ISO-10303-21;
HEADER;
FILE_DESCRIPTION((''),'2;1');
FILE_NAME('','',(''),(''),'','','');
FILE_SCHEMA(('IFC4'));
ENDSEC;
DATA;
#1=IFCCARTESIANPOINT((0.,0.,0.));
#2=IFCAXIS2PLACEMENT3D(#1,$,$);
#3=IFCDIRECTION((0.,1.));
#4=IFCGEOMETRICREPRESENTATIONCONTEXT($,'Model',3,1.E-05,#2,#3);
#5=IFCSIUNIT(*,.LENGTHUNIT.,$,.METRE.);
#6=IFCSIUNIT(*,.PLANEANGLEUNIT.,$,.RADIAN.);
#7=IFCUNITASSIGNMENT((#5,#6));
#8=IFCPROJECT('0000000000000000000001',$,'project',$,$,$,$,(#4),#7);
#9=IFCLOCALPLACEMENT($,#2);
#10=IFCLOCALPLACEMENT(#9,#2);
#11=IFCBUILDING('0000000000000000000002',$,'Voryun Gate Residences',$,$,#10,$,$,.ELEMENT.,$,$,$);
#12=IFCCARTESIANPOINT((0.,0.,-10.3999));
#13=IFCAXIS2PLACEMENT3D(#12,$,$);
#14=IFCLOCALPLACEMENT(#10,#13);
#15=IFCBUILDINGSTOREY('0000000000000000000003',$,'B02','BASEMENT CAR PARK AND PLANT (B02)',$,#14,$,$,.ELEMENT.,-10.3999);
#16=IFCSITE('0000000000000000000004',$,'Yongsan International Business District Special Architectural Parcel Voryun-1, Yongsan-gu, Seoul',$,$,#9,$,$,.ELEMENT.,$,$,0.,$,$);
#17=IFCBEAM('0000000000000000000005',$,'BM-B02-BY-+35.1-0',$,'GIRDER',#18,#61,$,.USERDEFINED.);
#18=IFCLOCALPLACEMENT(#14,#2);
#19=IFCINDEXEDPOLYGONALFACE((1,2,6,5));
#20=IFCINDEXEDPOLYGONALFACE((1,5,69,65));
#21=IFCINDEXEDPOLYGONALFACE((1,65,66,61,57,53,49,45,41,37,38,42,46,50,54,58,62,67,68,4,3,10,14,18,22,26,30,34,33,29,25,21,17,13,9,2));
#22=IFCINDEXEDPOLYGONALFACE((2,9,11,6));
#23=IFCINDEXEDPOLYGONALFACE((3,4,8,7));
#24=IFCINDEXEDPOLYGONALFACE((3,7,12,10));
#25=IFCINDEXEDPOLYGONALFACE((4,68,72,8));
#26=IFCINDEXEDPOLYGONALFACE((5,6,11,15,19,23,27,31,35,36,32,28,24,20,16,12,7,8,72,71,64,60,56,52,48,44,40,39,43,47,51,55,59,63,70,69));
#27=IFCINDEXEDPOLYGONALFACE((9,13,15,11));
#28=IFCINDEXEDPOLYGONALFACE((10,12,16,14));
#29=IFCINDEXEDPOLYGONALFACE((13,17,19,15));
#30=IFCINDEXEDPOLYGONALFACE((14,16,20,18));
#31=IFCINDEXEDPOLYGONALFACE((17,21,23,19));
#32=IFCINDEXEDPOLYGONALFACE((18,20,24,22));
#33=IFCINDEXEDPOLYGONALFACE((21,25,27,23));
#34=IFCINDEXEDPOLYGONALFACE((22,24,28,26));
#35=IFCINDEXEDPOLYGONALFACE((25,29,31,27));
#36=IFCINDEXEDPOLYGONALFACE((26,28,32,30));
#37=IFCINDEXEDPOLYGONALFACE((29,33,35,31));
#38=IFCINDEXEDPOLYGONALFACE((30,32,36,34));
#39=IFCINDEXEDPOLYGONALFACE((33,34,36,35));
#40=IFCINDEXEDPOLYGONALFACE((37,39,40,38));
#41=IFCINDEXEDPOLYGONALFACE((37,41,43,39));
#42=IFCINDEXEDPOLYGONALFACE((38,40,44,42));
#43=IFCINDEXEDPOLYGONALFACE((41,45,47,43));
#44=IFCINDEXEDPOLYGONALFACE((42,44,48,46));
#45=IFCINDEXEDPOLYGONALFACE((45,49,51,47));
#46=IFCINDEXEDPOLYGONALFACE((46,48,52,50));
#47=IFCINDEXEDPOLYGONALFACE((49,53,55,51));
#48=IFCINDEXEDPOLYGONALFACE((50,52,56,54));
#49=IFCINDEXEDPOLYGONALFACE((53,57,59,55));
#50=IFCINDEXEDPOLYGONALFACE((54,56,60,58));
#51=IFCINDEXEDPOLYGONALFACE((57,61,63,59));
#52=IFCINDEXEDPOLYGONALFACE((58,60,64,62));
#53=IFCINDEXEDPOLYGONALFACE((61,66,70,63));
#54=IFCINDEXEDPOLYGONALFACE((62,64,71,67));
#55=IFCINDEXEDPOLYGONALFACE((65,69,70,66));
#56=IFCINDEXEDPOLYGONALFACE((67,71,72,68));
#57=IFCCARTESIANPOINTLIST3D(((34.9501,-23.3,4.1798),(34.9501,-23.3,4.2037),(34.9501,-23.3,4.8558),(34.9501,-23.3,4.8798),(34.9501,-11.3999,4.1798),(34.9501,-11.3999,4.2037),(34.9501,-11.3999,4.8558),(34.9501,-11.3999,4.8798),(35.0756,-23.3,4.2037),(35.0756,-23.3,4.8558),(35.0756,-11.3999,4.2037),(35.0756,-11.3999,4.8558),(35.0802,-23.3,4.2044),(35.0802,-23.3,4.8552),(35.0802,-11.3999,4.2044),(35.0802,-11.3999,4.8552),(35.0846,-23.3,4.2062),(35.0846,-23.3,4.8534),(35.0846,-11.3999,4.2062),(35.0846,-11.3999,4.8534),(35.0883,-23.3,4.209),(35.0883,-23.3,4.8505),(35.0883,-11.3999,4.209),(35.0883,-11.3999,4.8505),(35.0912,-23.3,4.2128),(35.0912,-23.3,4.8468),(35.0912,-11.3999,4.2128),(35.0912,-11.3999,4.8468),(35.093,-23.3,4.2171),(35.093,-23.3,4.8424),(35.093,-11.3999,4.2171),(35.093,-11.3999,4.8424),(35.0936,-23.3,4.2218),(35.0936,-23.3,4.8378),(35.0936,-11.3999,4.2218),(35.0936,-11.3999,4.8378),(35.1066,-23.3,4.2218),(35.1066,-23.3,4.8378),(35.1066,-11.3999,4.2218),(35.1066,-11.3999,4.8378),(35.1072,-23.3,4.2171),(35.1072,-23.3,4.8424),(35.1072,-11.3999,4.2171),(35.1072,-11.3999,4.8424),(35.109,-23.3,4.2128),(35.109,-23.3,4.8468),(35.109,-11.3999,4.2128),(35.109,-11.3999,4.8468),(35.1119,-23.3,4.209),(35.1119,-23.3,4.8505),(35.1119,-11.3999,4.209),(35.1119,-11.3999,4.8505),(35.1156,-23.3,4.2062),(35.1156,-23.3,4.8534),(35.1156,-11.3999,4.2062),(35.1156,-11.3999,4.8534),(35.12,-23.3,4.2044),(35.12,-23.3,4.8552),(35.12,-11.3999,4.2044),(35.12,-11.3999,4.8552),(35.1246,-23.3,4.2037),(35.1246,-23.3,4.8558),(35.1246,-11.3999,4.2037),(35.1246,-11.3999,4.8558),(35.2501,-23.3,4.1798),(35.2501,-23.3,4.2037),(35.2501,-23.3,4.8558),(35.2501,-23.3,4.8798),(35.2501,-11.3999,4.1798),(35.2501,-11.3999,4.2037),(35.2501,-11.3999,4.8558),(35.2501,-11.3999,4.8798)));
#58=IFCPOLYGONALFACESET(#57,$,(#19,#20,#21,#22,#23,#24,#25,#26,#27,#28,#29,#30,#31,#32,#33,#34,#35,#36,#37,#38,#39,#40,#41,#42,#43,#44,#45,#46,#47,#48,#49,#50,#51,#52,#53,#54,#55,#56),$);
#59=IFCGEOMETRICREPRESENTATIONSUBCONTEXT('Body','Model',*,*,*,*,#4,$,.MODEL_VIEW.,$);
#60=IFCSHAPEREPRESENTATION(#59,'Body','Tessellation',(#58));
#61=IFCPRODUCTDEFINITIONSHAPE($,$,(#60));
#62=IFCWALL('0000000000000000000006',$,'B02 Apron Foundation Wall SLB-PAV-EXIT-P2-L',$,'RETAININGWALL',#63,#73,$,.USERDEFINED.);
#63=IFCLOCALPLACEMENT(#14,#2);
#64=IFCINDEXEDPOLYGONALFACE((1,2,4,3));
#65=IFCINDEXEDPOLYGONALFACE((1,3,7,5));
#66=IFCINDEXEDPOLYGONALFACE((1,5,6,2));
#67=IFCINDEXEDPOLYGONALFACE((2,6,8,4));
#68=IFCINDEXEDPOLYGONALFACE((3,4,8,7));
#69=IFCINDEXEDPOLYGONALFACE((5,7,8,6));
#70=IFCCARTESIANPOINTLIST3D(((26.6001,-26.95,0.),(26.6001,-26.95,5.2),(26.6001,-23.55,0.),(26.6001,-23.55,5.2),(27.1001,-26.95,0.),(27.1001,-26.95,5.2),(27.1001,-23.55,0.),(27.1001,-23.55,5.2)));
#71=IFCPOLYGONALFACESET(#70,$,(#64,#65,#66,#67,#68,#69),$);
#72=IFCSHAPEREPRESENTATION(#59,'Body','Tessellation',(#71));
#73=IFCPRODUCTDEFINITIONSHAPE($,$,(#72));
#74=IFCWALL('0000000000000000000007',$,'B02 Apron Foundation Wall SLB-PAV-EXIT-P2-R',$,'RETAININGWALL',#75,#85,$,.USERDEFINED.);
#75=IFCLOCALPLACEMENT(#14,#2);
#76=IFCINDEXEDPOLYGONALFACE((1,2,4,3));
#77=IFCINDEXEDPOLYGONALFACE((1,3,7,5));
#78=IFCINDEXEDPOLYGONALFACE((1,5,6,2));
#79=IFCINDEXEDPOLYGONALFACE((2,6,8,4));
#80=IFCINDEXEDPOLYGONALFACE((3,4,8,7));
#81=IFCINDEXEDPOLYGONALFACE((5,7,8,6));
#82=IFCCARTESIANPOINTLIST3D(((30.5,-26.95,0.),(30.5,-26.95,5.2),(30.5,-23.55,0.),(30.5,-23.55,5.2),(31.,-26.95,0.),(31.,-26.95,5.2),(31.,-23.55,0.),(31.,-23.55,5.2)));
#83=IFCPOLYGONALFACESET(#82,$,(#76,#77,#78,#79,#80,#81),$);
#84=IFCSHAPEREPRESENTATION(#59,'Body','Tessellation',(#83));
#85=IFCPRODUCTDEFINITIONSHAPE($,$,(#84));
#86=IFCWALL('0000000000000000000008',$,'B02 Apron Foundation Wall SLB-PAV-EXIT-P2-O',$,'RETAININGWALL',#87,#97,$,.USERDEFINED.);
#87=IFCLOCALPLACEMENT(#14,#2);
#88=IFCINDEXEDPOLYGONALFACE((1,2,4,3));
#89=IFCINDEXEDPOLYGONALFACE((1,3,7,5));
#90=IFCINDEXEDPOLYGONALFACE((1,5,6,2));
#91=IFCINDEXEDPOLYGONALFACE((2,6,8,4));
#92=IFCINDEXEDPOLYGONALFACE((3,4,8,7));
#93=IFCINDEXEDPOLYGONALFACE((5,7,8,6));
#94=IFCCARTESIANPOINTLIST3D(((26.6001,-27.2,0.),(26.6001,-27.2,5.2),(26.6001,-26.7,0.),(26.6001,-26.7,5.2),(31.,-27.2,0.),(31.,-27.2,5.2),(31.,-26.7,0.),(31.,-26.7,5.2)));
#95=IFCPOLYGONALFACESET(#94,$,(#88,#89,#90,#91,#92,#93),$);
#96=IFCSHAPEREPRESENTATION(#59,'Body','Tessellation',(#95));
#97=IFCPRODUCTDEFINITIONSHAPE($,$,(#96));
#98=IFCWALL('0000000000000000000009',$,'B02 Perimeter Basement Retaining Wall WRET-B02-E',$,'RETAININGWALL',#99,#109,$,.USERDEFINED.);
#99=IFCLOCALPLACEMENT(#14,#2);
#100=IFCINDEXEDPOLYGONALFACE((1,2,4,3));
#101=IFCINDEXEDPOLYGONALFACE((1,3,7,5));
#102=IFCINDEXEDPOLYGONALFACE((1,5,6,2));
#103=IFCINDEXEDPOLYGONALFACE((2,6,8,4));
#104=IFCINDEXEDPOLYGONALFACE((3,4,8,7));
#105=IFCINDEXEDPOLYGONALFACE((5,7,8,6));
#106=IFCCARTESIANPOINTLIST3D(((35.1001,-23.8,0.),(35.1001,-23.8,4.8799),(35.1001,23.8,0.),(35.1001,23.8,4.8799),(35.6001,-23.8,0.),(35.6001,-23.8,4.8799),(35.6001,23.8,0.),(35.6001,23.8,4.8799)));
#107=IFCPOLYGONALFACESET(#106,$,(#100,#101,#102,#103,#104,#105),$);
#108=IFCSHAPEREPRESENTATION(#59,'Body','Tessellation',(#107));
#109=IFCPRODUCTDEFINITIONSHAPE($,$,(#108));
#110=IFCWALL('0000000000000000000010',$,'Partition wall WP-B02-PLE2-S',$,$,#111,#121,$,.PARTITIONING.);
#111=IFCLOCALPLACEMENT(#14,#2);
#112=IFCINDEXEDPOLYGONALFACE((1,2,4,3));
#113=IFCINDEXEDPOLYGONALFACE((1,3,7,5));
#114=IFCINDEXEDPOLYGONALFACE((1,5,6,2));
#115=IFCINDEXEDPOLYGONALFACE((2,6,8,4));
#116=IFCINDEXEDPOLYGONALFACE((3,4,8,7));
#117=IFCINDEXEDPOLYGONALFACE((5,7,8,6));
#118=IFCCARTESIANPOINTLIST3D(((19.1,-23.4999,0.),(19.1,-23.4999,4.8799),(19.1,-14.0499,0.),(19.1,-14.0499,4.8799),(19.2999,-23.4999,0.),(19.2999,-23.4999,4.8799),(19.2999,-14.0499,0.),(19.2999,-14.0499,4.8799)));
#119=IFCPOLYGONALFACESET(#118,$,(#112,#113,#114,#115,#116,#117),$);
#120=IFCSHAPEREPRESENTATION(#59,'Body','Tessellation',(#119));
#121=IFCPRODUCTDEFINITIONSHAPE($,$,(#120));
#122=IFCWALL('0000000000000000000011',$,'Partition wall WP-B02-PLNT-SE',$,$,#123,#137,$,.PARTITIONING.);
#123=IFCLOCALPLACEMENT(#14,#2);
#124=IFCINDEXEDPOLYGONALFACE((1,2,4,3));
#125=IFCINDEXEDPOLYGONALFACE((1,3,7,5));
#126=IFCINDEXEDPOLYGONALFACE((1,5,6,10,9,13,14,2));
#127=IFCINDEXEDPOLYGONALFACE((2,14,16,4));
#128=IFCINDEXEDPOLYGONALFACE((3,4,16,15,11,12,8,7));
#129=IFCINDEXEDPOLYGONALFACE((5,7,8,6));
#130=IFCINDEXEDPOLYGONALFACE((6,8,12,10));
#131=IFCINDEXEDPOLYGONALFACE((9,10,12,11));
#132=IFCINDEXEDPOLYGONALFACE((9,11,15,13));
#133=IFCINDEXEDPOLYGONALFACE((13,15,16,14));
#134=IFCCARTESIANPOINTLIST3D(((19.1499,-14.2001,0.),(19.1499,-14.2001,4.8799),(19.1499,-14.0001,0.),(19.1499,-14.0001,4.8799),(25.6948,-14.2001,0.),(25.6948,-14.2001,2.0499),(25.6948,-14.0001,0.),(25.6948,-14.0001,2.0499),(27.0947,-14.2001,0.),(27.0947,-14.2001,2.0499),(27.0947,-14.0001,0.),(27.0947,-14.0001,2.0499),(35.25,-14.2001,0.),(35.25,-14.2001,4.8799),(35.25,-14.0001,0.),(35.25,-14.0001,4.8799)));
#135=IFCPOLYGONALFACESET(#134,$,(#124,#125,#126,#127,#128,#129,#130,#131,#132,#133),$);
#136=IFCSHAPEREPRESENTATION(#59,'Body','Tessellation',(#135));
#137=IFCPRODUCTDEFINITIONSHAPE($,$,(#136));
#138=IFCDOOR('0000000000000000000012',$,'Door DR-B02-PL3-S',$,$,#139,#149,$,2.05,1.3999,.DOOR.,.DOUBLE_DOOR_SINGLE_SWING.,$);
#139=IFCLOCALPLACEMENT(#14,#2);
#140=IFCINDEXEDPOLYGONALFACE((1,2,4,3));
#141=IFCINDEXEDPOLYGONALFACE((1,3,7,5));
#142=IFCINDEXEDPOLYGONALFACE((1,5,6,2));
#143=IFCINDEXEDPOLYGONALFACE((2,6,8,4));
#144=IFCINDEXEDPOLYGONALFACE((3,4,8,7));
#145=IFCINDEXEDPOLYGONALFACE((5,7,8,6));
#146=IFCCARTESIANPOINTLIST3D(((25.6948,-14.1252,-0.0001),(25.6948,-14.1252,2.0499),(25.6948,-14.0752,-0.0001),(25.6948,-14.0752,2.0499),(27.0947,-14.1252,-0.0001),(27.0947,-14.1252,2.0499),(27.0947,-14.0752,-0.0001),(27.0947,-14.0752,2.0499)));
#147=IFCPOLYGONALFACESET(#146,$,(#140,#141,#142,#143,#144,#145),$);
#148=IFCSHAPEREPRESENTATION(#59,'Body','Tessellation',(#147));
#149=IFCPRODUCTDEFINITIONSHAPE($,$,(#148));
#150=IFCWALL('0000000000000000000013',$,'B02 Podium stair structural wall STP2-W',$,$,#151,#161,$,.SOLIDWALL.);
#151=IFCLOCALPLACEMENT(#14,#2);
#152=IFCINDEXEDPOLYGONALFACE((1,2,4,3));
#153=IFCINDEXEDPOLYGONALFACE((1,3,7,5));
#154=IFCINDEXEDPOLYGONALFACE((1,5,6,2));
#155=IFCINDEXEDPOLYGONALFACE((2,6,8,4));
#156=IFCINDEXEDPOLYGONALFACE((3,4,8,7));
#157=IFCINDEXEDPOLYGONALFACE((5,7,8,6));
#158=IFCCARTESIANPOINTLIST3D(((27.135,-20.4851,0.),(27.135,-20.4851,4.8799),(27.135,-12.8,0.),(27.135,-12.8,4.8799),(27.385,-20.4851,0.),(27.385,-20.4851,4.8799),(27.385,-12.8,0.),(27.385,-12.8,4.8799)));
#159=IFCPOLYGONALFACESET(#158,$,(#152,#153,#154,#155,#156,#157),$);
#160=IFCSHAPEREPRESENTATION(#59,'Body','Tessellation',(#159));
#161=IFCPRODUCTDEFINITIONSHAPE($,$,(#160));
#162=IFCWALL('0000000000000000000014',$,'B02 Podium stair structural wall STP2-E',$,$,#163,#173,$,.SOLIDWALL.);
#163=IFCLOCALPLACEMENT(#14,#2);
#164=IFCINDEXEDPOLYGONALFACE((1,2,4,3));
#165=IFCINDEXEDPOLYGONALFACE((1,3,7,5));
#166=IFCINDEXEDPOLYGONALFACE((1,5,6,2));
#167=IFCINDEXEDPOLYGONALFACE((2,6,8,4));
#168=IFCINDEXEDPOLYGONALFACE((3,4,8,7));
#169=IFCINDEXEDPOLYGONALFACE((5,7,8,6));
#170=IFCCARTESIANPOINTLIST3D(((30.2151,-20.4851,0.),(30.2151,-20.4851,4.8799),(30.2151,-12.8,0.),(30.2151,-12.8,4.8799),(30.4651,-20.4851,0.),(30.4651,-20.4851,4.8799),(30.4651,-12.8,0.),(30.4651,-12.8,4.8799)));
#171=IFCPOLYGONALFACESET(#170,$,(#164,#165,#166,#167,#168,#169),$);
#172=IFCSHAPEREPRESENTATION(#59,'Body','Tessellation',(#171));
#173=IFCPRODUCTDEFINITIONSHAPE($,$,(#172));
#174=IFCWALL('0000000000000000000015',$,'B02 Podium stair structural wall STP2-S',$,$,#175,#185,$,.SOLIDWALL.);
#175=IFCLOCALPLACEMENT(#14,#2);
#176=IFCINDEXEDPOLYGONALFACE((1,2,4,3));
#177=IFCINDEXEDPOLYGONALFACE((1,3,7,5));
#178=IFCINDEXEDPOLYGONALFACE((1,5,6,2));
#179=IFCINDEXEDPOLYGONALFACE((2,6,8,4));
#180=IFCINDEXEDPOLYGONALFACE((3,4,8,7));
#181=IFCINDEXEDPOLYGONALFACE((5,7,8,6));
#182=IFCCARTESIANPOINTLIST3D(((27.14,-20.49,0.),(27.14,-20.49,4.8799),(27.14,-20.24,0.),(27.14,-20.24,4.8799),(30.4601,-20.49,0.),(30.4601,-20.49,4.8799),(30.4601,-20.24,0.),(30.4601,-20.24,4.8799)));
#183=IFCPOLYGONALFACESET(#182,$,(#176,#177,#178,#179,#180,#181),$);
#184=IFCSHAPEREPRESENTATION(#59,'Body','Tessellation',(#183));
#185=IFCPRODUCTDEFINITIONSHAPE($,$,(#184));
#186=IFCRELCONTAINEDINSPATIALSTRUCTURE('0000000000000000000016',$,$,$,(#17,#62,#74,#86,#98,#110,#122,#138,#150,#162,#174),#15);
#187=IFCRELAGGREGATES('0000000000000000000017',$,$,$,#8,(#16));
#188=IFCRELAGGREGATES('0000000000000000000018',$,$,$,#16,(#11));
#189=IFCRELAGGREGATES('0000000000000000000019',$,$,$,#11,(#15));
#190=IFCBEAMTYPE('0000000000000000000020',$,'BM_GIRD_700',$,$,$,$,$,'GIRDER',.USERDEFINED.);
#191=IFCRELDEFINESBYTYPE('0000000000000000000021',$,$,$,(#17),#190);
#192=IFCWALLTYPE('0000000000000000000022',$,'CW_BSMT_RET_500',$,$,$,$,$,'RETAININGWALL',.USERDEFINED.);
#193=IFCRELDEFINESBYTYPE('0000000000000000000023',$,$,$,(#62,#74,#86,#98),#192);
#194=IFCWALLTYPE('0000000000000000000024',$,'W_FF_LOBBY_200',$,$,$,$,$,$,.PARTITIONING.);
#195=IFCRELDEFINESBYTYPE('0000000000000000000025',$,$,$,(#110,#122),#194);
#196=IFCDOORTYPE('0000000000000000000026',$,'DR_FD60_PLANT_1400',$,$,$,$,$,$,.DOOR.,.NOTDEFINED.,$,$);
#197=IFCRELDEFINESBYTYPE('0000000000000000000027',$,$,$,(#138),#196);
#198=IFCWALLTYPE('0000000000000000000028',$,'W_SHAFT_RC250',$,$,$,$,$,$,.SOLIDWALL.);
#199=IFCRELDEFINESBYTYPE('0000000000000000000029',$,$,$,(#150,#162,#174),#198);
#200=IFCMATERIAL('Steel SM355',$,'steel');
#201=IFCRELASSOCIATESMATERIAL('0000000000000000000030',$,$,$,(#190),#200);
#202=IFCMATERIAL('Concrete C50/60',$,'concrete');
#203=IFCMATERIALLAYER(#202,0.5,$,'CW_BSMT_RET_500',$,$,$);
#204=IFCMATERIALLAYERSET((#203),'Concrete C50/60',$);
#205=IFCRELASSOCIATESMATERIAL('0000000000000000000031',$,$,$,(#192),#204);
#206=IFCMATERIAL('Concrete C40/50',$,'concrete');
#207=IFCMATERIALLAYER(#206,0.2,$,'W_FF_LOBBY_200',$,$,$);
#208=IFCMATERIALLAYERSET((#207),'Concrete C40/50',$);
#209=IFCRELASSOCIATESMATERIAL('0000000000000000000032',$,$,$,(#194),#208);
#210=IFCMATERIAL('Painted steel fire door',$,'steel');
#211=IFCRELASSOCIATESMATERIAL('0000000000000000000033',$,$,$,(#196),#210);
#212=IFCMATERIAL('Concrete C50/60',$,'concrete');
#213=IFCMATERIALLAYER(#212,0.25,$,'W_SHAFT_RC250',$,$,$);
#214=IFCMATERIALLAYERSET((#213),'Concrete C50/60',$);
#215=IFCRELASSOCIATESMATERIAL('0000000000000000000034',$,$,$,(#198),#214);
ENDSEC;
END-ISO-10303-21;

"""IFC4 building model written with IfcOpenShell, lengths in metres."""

from ifc_helpers import new_model, si_unit, direction, frame, frame_2d, origin, origin_2d, place, context, subcontext, project, spatial, rectangle, i_section, extrude, material, layer, layer_set, material_profile, profile_set, type_object, element, fill, save


model = new_model("IFC4")

# Units and contexts
model_context = context("Model", 3, precision=1e-05, world=origin(), true_north=direction((0.0, 1.0)))
body_context = subcontext(model_context, "Body", "Model", "MODEL_VIEW")
ifc_project = project(units=[si_unit("LENGTHUNIT", "METRE"), si_unit("PLANEANGLEUNIT", "RADIAN")], contexts=[model_context])

# Site, building, storey
site_placement = place(None, origin())
site = spatial("IfcSite", under=ifc_project, at=site_placement, Name="Yongsan International Business District Special Architectural Parcel Voryun-1, Yongsan-gu, Seoul", CompositionType="ELEMENT", RefElevation=0.0)
building_placement = place(site_placement, origin())
building = spatial("IfcBuilding", under=site, at=building_placement, Name="Voryun Gate Residences", CompositionType="ELEMENT")
storey_placement = place(building_placement, frame((0.0, 0.0, -10.3999)))
storey = spatial("IfcBuildingStorey", under=building, at=storey_placement, Name="B02", Description="BASEMENT CAR PARK AND PLANT (B02)", CompositionType="ELEMENT", Elevation=-10.3999)

# Beam
ifc_material_1 = material(Name="Steel SM355", Category="steel")
ifc_material_profile_1 = material_profile(ifc_material_1, i_section(OverallWidth=0.3, OverallDepth=0.7, WebThickness=0.0129, FlangeThickness=0.0239, FilletRadius=0.0181, at=origin_2d()), Name="H-700x300x13x24")
ifc_profile_set_1 = profile_set([ifc_material_profile_1], Name="Steel SM355")
beam_type_1 = type_object("IfcBeamType", Name="BM_GIRD_700", ElementType="GIRDER", PredefinedType="USERDEFINED", material=ifc_profile_set_1)
for number, where, z_axis, x_axis, name in (
    (1, (35.1001, -23.3, 4.5298), (0.0, 1.0, 0.0), (-1.0, 0.0, 0.0), "BM-B02-BY-+35.1-0"),
):
    element("IfcBeam", number, at=place(storey_placement, frame(where, z_axis=z_axis, x_axis=x_axis)), inside=storey, type_object=beam_type_1, Name=name, ObjectType="GIRDER", PredefinedType="USERDEFINED", context=body_context, shape_type="SweptSolid", body=[
        extrude(i_section(OverallWidth=0.3, OverallDepth=0.7, WebThickness=0.0129, FlangeThickness=0.0239, FilletRadius=0.0181, at=origin_2d()), origin(), (0.0, 0.0, 1.0), 11.9001),
    ])

# Walls
ifc_material_2 = material(Name="Concrete C50/60", Category="concrete")
ifc_layer_1 = layer(ifc_material_2, 0.5, Name="CW_BSMT_RET_500")
ifc_layer_set_1 = layer_set([ifc_layer_1], Name="Concrete C50/60")
wall_type_1 = type_object("IfcWallType", Name="CW_BSMT_RET_500", ElementType="RETAININGWALL", PredefinedType="USERDEFINED", material=ifc_layer_set_1)
for number, where, z_axis, x_axis, name in (
    (2, (26.8501, -26.95, 0.0), (0.0, 0.0, 1.0), (0.0, 1.0, 0.0), "B02 Apron Foundation Wall SLB-PAV-EXIT-P2-L"),
    (3, (30.75, -26.95, 0.0), (0.0, 0.0, 1.0), (0.0, 1.0, 0.0), "B02 Apron Foundation Wall SLB-PAV-EXIT-P2-R"),
):
    element("IfcWall", number, at=place(storey_placement, frame(where, z_axis=z_axis, x_axis=x_axis)), inside=storey, type_object=wall_type_1, Name=name, ObjectType="RETAININGWALL", PredefinedType="USERDEFINED", context=body_context, shape_type="SweptSolid", body=[
        extrude(rectangle(XDim=3.3999, YDim=0.5, at=frame_2d((1.7, 0.0))), origin(), (0.0, 0.0, 1.0), 5.2),
    ])
wall_1_placement = place(storey_placement, frame((26.6001, -26.95, 0.0), z_axis=(0.0, 0.0, 1.0), x_axis=(1.0, 0.0, 0.0)))
element("IfcWall", 4, at=wall_1_placement, inside=storey, type_object=wall_type_1, Name="B02 Apron Foundation Wall SLB-PAV-EXIT-P2-O", ObjectType="RETAININGWALL", PredefinedType="USERDEFINED", context=body_context, shape_type="SweptSolid", body=[
    extrude(rectangle(XDim=4.3999, YDim=0.5, at=frame_2d((2.2, 0.0))), origin(), (0.0, 0.0, 1.0), 5.2),
])
wall_2_placement = place(storey_placement, frame((35.3501, -23.8, 0.0), z_axis=(0.0, 0.0, 1.0), x_axis=(0.0, 1.0, 0.0)))
element("IfcWall", 5, at=wall_2_placement, inside=storey, type_object=wall_type_1, Name="B02 Perimeter Basement Retaining Wall WRET-B02-E", ObjectType="RETAININGWALL", PredefinedType="USERDEFINED", context=body_context, shape_type="SweptSolid", body=[
    extrude(rectangle(XDim=47.6001, YDim=0.5, at=frame_2d((23.8, 0.0))), origin(), (0.0, 0.0, 1.0), 4.8799),
])
ifc_material_3 = material(Name="Concrete C40/50", Category="concrete")
ifc_layer_2 = layer(ifc_material_3, 0.2, Name="W_FF_LOBBY_200")
ifc_layer_set_2 = layer_set([ifc_layer_2], Name="Concrete C40/50")
wall_type_2 = type_object("IfcWallType", Name="W_FF_LOBBY_200", PredefinedType="PARTITIONING", material=ifc_layer_set_2)
wall_3_placement = place(storey_placement, frame((19.2, -23.5, 0.0), z_axis=(0.0, 0.0, 1.0), x_axis=(0.0, 1.0, 0.0)))
element("IfcWall", 6, at=wall_3_placement, inside=storey, type_object=wall_type_2, Name="Partition wall WP-B02-PLE2-S", PredefinedType="PARTITIONING", context=body_context, shape_type="SweptSolid", body=[
    extrude(rectangle(XDim=9.45, YDim=0.2, at=frame_2d((4.7251, 0.0))), origin(), (0.0, 0.0, 1.0), 4.8799),
])

# Wall, opening, door
wall_4_placement = place(storey_placement, frame((19.1499, -14.1001, 0.0), z_axis=(0.0, 0.0, 1.0), x_axis=(1.0, 0.0, 0.0)))
wall_4 = element("IfcWall", 7, at=wall_4_placement, inside=storey, type_object=wall_type_2, Name="Partition wall WP-B02-PLNT-SE", PredefinedType="PARTITIONING", context=body_context, shape_type="SweptSolid", body=[
    extrude(rectangle(XDim=16.1001, YDim=0.2, at=frame_2d((8.05, 0.0))), origin(), (0.0, 0.0, 1.0), 4.8799),
])
opening_placement = place(wall_4_placement, frame((6.5449, 0.0, 0.0)))
opening = element("IfcOpeningElement", 8, at=opening_placement, cuts=wall_4, PredefinedType="OPENING", context=body_context, shape_type="SweptSolid", body=[
    extrude(rectangle(XDim=1.3999, YDim=2.05, at=frame_2d((0.7, 1.0249))), frame((0.0, 0.1101, 0.0), z_axis=(0.0, -1.0, 0.0), x_axis=(1.0, 0.0, 0.0)), (0.0, 0.0, 1.0), 0.22),
])
ifc_material_4 = material(Name="Painted steel fire door", Category="steel")
door_type = type_object("IfcDoorType", Name="DR_FD60_PLANT_1400", OperationType="NOTDEFINED", PredefinedType="DOOR", material=ifc_material_4)
door_placement = place(opening_placement, origin())
door = element("IfcDoor", 9, at=door_placement, inside=storey, type_object=door_type, Name="Door DR-B02-PL3-S", OperationType="DOUBLE_DOOR_SINGLE_SWING", OverallHeight=2.05, OverallWidth=1.3999, PredefinedType="DOOR", context=body_context, shape_type="SweptSolid", body=[
    extrude(rectangle(XDim=1.3999, YDim=2.05, at=frame_2d((0.7, 1.0249))), frame((0.0, 0.0249, 0.0), z_axis=(0.0, -1.0, 0.0), x_axis=(1.0, 0.0, 0.0)), (0.0, 0.0, 1.0), 0.05),
])
fill(opening, door)

# Walls
ifc_material_5 = material(Name="Concrete C50/60", Category="concrete")
ifc_layer_3 = layer(ifc_material_5, 0.25, Name="W_SHAFT_RC250")
ifc_layer_set_3 = layer_set([ifc_layer_3], Name="Concrete C50/60")
wall_type_3 = type_object("IfcWallType", Name="W_SHAFT_RC250", PredefinedType="SOLIDWALL", material=ifc_layer_set_3)
for number, where, z_axis, x_axis, name in (
    (10, (27.26, -20.4851, 0.0), (0.0, 0.0, 1.0), (0.0, 1.0, 0.0), "B02 Podium stair structural wall STP2-W"),
    (11, (30.3401, -20.4851, 0.0), (0.0, 0.0, 1.0), (0.0, 1.0, 0.0), "B02 Podium stair structural wall STP2-E"),
):
    element("IfcWall", number, at=place(storey_placement, frame(where, z_axis=z_axis, x_axis=x_axis)), inside=storey, type_object=wall_type_3, Name=name, PredefinedType="SOLIDWALL", context=body_context, shape_type="SweptSolid", body=[
        extrude(rectangle(XDim=7.6851, YDim=0.25, at=frame_2d((3.8425, 0.0))), origin(), (0.0, 0.0, 1.0), 4.8799),
    ])
wall_5_placement = place(storey_placement, frame((27.1399, -20.365, 0.0), z_axis=(0.0, 0.0, 1.0), x_axis=(1.0, 0.0, 0.0)))
element("IfcWall", 12, at=wall_5_placement, inside=storey, type_object=wall_type_3, Name="B02 Podium stair structural wall STP2-S", PredefinedType="SOLIDWALL", context=body_context, shape_type="SweptSolid", body=[
    extrude(rectangle(XDim=3.3201, YDim=0.25, at=frame_2d((1.6602, 0.0))), origin(), (0.0, 0.0, 1.0), 4.8799),
])

save(model, "model.ifc")
